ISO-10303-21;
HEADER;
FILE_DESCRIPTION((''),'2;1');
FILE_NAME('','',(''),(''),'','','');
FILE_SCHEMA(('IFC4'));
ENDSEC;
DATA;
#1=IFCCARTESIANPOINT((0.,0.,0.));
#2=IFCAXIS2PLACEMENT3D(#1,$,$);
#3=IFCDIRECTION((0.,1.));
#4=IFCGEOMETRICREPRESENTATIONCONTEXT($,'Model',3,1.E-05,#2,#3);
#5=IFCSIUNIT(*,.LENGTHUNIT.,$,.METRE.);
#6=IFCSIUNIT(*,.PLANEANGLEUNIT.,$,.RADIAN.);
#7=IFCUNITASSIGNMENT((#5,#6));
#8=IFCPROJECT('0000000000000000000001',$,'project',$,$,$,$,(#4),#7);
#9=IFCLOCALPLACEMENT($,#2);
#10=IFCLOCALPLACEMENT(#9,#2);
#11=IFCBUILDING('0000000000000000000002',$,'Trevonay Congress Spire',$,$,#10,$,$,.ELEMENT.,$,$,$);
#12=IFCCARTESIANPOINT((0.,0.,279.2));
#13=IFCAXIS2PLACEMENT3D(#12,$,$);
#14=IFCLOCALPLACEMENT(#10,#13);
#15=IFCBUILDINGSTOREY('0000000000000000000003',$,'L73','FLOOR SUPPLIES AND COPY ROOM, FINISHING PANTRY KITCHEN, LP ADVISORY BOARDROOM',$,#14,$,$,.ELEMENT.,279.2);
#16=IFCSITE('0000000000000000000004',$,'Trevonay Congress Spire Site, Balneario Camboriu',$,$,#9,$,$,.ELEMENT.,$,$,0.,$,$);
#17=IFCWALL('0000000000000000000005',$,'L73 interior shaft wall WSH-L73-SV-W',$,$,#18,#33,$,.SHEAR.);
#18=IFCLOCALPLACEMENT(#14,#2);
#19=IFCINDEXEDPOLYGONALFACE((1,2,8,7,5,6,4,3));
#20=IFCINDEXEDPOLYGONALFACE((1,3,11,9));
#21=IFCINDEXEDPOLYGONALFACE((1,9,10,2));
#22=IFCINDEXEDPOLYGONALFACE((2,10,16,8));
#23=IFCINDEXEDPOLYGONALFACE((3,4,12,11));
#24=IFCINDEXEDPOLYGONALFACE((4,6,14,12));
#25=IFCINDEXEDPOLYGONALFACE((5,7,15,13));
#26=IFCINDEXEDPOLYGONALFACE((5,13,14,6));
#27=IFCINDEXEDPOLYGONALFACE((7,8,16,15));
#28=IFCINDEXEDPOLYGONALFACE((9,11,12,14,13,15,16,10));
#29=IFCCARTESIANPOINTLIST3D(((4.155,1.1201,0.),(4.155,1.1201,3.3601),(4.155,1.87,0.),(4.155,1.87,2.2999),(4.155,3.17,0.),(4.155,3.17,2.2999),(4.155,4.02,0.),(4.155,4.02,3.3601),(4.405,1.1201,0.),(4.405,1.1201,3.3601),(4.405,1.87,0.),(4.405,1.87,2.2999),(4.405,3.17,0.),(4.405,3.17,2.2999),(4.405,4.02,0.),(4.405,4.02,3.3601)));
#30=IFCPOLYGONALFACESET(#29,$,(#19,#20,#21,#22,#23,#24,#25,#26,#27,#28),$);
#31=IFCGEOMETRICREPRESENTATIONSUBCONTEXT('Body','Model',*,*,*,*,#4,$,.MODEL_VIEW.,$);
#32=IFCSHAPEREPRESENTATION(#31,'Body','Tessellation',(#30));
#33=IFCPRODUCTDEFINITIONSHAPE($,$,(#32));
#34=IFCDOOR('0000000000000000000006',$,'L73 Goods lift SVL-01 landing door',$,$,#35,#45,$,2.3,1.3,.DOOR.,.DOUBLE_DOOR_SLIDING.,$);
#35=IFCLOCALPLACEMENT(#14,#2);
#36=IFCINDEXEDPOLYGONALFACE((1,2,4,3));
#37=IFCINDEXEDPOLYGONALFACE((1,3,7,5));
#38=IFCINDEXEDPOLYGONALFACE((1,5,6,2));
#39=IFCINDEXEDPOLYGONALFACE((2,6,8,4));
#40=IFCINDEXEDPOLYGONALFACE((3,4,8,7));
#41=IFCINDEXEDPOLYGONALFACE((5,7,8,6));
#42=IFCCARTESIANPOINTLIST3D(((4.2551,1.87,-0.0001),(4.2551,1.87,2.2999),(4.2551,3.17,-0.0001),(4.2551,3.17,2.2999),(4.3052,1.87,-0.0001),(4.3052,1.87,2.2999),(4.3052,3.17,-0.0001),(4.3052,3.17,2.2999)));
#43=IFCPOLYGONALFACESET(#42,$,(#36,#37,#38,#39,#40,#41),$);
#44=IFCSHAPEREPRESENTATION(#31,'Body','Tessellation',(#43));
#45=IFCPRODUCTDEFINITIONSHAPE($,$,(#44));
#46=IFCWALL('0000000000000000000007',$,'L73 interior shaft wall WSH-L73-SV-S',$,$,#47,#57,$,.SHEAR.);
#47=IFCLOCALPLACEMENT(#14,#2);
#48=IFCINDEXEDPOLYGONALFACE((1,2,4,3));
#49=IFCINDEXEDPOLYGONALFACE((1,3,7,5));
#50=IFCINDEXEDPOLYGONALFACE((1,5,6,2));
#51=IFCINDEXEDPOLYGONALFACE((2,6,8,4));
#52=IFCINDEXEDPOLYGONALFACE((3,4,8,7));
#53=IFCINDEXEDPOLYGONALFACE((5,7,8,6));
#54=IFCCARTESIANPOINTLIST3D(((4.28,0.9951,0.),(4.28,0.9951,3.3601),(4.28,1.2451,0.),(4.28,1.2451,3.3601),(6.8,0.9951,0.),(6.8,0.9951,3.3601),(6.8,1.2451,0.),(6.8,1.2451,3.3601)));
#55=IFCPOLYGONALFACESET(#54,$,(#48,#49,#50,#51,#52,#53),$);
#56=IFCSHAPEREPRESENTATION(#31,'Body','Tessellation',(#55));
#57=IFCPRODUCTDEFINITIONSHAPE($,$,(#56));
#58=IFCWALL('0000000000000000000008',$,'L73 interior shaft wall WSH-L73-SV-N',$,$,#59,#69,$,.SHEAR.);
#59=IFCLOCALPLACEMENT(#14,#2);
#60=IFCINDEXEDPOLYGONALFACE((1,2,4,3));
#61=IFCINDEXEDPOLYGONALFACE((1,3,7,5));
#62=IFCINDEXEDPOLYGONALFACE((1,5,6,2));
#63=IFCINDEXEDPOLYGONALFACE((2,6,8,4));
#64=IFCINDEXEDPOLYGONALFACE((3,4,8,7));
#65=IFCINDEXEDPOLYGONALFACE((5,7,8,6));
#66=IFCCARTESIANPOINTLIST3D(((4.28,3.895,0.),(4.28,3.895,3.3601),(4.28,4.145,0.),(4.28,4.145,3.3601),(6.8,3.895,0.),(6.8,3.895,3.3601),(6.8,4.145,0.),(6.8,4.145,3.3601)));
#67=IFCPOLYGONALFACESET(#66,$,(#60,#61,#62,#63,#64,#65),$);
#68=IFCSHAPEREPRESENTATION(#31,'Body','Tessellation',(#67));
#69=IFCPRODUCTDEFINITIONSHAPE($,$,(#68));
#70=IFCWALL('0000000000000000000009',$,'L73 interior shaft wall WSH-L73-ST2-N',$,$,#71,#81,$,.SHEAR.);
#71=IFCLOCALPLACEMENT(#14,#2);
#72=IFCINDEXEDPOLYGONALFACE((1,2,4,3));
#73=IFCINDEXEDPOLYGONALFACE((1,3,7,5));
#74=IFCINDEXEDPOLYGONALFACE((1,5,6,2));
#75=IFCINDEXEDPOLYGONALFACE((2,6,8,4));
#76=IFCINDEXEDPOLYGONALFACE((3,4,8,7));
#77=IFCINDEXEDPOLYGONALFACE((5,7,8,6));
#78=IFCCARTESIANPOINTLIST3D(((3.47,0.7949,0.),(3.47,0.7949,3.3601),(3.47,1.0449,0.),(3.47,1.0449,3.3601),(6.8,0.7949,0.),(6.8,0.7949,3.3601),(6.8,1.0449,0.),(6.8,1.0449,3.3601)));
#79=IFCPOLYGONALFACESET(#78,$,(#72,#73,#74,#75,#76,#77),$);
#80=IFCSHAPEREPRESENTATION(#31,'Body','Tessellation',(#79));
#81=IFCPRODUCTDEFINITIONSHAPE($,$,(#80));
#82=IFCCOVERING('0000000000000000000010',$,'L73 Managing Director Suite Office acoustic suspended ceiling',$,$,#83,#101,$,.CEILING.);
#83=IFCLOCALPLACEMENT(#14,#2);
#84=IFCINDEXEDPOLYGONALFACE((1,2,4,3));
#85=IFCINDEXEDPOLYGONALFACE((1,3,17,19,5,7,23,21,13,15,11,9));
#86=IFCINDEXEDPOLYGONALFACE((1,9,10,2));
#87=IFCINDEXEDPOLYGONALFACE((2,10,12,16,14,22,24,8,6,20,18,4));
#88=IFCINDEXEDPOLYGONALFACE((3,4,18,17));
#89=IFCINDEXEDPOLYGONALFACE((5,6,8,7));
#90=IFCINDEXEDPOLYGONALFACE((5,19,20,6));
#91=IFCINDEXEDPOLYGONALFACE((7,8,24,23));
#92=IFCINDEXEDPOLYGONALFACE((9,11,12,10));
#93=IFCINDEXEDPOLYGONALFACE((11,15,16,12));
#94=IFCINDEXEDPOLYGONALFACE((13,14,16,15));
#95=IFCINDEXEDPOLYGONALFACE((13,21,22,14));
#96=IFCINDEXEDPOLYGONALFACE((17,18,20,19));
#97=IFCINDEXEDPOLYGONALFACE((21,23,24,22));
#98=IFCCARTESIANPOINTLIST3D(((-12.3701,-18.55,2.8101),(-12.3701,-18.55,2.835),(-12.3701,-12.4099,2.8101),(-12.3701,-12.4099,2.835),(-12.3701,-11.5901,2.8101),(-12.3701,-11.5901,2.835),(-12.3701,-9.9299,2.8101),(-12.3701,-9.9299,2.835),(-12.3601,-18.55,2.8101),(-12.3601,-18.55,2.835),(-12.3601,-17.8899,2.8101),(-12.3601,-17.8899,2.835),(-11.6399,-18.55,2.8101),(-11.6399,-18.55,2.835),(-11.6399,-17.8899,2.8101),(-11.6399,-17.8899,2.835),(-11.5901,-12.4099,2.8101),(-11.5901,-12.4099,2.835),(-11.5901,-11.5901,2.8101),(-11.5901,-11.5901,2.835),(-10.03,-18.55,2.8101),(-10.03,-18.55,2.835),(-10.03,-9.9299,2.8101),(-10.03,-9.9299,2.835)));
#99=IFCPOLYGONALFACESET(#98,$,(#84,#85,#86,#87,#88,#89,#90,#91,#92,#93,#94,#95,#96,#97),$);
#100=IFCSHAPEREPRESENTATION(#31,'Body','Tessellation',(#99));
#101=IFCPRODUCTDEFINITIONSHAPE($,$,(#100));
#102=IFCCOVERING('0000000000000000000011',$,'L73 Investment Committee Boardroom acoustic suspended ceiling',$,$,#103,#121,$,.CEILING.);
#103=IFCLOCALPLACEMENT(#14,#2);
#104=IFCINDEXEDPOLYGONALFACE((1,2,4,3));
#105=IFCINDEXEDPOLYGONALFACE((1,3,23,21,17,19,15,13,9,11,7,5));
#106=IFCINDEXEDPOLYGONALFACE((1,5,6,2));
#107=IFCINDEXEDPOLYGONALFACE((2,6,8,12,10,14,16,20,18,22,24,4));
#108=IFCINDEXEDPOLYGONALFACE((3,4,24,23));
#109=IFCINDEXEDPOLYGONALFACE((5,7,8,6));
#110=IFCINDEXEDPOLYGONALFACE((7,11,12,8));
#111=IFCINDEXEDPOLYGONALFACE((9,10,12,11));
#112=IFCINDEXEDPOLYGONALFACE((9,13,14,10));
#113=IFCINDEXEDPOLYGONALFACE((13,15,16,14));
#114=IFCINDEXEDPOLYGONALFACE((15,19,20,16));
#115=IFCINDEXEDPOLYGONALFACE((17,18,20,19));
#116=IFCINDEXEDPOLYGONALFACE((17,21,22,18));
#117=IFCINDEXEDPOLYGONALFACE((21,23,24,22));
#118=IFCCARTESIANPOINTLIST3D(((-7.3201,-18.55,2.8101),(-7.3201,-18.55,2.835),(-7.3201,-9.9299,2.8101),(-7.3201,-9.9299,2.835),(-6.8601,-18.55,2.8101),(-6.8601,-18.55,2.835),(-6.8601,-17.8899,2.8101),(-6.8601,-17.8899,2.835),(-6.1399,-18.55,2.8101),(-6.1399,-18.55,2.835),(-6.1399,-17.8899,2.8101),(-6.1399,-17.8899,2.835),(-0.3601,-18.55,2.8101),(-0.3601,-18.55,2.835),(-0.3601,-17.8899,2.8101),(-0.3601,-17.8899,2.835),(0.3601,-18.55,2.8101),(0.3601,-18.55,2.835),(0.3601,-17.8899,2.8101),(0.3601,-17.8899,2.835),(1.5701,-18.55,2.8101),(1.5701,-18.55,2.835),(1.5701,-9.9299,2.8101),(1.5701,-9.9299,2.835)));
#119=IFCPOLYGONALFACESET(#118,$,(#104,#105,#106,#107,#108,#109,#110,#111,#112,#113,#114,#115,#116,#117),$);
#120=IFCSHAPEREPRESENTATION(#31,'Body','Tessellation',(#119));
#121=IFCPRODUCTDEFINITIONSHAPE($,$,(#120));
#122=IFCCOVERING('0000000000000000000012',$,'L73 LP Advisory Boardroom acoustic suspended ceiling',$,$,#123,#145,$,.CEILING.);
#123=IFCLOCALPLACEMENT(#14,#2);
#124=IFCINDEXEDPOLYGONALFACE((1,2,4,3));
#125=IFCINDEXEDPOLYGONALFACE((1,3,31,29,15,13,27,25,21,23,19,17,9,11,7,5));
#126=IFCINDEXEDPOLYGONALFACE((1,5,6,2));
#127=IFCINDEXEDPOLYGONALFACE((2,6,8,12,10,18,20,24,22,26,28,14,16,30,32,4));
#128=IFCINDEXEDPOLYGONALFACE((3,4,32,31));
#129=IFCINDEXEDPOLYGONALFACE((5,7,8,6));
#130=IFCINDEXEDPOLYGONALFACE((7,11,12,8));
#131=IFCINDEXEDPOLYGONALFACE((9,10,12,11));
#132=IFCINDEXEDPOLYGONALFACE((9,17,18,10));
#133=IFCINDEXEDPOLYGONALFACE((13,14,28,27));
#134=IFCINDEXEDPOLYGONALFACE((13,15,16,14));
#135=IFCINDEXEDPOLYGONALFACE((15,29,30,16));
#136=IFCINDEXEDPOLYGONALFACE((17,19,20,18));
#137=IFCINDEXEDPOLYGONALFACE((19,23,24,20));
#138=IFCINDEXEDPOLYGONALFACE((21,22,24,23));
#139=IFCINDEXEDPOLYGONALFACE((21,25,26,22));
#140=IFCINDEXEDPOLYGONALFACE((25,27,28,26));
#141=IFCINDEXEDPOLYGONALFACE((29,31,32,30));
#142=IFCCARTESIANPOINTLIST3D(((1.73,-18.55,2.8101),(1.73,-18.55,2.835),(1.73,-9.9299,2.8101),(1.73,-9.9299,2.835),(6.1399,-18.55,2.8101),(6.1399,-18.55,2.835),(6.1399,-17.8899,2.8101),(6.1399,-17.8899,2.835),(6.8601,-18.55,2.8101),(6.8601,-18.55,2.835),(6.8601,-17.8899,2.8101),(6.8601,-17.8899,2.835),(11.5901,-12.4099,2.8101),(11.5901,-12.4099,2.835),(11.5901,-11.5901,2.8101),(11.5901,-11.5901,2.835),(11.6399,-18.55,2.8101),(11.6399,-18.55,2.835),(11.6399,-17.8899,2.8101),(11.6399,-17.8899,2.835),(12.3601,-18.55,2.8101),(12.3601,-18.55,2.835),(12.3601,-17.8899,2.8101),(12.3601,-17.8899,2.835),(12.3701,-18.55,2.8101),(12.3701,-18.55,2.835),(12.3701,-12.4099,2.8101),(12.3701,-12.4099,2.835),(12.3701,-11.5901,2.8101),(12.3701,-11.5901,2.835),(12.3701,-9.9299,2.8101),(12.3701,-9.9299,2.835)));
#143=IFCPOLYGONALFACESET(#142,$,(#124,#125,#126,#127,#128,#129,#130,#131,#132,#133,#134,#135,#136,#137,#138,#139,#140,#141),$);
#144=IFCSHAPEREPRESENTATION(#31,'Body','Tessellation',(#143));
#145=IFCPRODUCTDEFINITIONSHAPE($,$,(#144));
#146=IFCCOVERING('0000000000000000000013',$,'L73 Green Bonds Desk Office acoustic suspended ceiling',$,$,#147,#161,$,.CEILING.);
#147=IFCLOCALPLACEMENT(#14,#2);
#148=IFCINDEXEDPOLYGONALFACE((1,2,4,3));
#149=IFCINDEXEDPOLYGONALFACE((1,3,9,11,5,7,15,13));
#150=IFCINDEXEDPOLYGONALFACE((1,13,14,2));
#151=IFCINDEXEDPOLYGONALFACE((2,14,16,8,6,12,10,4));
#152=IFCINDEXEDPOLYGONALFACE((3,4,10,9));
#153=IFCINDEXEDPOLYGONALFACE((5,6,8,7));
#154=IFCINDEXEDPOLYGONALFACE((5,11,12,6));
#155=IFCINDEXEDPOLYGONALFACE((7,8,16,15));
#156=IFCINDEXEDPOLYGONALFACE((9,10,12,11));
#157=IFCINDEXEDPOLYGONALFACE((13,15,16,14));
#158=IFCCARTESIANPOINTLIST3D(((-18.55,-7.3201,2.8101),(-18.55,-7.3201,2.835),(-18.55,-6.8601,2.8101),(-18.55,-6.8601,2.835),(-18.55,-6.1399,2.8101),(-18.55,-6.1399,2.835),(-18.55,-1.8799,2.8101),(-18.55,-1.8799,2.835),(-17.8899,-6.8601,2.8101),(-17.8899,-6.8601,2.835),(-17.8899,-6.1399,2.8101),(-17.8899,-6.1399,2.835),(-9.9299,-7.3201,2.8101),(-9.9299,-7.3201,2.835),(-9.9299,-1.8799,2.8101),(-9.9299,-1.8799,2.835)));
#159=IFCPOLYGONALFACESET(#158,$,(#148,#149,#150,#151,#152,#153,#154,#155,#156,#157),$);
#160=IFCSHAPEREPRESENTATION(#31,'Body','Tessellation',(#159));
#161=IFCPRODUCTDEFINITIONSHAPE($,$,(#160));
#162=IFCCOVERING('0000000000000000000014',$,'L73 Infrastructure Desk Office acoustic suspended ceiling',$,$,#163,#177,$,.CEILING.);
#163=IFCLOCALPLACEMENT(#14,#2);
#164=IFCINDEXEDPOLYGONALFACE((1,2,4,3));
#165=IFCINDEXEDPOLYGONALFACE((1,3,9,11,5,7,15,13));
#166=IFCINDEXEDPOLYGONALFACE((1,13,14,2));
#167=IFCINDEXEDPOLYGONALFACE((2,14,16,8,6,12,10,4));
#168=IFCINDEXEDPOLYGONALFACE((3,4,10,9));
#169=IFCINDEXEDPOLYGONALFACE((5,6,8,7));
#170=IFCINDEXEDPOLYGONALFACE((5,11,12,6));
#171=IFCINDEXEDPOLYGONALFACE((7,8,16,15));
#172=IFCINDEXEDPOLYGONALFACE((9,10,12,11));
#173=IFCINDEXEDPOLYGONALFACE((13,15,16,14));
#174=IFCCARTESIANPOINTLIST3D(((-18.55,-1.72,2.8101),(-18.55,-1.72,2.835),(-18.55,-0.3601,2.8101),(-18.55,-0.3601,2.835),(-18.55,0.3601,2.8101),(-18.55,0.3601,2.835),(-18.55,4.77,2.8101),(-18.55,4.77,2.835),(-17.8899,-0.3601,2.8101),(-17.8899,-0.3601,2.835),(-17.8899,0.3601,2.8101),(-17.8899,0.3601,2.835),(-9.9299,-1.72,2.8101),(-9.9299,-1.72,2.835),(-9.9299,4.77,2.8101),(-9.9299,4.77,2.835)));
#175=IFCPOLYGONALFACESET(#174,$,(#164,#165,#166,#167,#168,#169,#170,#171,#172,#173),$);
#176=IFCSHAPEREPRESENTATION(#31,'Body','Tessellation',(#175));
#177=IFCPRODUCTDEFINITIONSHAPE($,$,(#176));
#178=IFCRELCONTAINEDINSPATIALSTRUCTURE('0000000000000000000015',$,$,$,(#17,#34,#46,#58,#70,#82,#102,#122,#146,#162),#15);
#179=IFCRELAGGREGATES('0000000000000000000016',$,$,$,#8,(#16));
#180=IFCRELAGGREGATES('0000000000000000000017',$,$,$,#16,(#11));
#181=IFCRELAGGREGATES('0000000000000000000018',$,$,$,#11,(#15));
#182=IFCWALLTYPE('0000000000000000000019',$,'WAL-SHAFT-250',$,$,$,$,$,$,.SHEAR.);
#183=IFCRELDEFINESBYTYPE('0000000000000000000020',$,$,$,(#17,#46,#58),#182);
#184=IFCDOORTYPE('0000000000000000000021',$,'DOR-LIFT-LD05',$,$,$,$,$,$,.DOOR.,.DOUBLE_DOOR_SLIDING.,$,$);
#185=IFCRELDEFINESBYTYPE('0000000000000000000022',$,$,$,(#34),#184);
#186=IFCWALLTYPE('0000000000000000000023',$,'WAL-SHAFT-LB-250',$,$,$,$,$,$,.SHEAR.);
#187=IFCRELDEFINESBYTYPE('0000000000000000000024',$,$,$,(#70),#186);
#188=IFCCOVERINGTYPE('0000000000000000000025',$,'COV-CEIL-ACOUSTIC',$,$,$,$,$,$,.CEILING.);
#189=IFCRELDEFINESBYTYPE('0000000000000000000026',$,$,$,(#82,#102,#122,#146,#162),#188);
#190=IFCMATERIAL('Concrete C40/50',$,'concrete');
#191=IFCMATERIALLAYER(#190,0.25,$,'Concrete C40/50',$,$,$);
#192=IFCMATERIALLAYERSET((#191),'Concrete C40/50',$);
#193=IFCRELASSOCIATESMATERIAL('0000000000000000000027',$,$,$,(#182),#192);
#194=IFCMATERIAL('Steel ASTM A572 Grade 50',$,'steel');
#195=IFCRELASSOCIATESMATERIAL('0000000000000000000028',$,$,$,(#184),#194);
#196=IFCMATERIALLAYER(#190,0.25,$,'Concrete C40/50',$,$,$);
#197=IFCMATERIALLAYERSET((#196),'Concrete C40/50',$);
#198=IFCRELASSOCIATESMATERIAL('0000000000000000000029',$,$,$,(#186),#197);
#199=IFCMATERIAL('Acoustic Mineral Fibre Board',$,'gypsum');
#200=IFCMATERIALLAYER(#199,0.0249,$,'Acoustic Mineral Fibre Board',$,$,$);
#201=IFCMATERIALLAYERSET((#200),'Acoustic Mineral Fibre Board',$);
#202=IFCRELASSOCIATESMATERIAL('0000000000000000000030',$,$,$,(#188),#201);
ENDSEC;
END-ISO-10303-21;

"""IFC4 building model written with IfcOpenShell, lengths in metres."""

from ifc_helpers import new_model, si_unit, direction, frame, frame_2d, origin, place, context, subcontext, project, spatial, polyline, rectangle, outline, extrude, material, layer, layer_set, type_object, element, fill, save


model = new_model("IFC4")

# Units and contexts
model_context = context("Model", 3, precision=1e-05, world=origin(), true_north=direction((0.0, 1.0)))
body_context = subcontext(model_context, "Body", "Model", "MODEL_VIEW")
ifc_project = project(units=[si_unit("LENGTHUNIT", "METRE"), si_unit("PLANEANGLEUNIT", "RADIAN")], contexts=[model_context])

# Site, building, storey
site_placement = place(None, origin())
site = spatial("IfcSite", under=ifc_project, at=site_placement, Name="Trevonay Congress Spire Site, Balneario Camboriu", CompositionType="ELEMENT", RefElevation=0.0)
building_placement = place(site_placement, origin())
building = spatial("IfcBuilding", under=site, at=building_placement, Name="Trevonay Congress Spire", CompositionType="ELEMENT")
storey_placement = place(building_placement, frame((0.0, 0.0, 279.2)))
storey = spatial("IfcBuildingStorey", under=building, at=storey_placement, Name="L73", Description="FLOOR SUPPLIES AND COPY ROOM, FINISHING PANTRY KITCHEN, LP ADVISORY BOARDROOM", CompositionType="ELEMENT", Elevation=279.2)

# Shared definitions
ifc_material_1 = material(Name="Steel ASTM A572 Grade 50", Category="steel")

# Shared definitions
ifc_material_2 = material(Name="Concrete C40/50", Category="concrete")
ifc_layer_1 = layer(ifc_material_2, 0.25, Name="Concrete C40/50")
ifc_layer_set_1 = layer_set([ifc_layer_1], Name="Concrete C40/50")
wall_type_1 = type_object("IfcWallType", Name="WAL-SHAFT-250", PredefinedType="SHEAR", material=ifc_layer_set_1)

# Wall, opening, door
wall_1_placement = place(storey_placement, frame((4.28, 1.1201, 0.0), z_axis=(0.0, 0.0, 1.0), x_axis=(0.0, 1.0, 0.0)))
wall_1 = element("IfcWall", 1, at=wall_1_placement, inside=storey, type_object=wall_type_1, Name="L73 interior shaft wall WSH-L73-SV-W", PredefinedType="SHEAR", context=body_context, shape_type="SweptSolid", body=[
    extrude(rectangle(XDim=2.8999, YDim=0.25, at=frame_2d((1.45, 0.0))), origin(), (0.0, 0.0, 1.0), 3.3601),
])
opening_placement = place(wall_1_placement, frame((0.75, 0.0, 0.0)))
opening = element("IfcOpeningElement", 2, at=opening_placement, cuts=wall_1, PredefinedType="OPENING", context=body_context, shape_type="SweptSolid", body=[
    extrude(rectangle(XDim=1.3, YDim=2.3, at=frame_2d((0.6499, 1.1499))), frame((0.0, 0.135, 0.0), z_axis=(0.0, -1.0, 0.0), x_axis=(1.0, 0.0, 0.0)), (0.0, 0.0, 1.0), 0.27),
])
door_type = type_object("IfcDoorType", Name="DOR-LIFT-LD05", OperationType="DOUBLE_DOOR_SLIDING", PredefinedType="DOOR", material=ifc_material_1)
door_placement = place(opening_placement, origin())
door = element("IfcDoor", 3, at=door_placement, inside=storey, type_object=door_type, Name="L73 Goods lift SVL-01 landing door", OperationType="DOUBLE_DOOR_SLIDING", OverallHeight=2.3, OverallWidth=1.3, PredefinedType="DOOR", context=body_context, shape_type="SweptSolid", body=[
    extrude(rectangle(XDim=1.3, YDim=2.3, at=frame_2d((0.6499, 1.1499))), frame((0.0, 0.0249, 0.0), z_axis=(0.0, -1.0, 0.0), x_axis=(1.0, 0.0, 0.0)), (0.0, 0.0, 1.0), 0.05),
])
fill(opening, door)

# Walls
for number, where, z_axis, x_axis, name in (
    (4, (4.28, 1.1201, 0.0), (0.0, 0.0, 1.0), (1.0, 0.0, 0.0), "L73 interior shaft wall WSH-L73-SV-S"),
    (5, (4.28, 4.02, 0.0), (0.0, 0.0, 1.0), (1.0, 0.0, 0.0), "L73 interior shaft wall WSH-L73-SV-N"),
):
    element("IfcWall", number, at=place(storey_placement, frame(where, z_axis=z_axis, x_axis=x_axis)), inside=storey, type_object=wall_type_1, Name=name, PredefinedType="SHEAR", context=body_context, shape_type="SweptSolid", body=[
        extrude(rectangle(XDim=2.52, YDim=0.25, at=frame_2d((1.26, 0.0))), origin(), (0.0, 0.0, 1.0), 3.3601),
    ])
ifc_layer_2 = layer(ifc_material_2, 0.25, Name="Concrete C40/50")
ifc_layer_set_2 = layer_set([ifc_layer_2], Name="Concrete C40/50")
wall_type_2 = type_object("IfcWallType", Name="WAL-SHAFT-LB-250", PredefinedType="SHEAR", material=ifc_layer_set_2)
wall_2_placement = place(storey_placement, frame((3.47, 0.9199, 0.0), z_axis=(0.0, 0.0, 1.0), x_axis=(1.0, 0.0, 0.0)))
element("IfcWall", 6, at=wall_2_placement, inside=storey, type_object=wall_type_2, Name="L73 interior shaft wall WSH-L73-ST2-N", PredefinedType="SHEAR", context=body_context, shape_type="SweptSolid", body=[
    extrude(rectangle(XDim=3.3301, YDim=0.25, at=frame_2d((1.665, 0.0))), origin(), (0.0, 0.0, 1.0), 3.3601),
])

# Coverings
ifc_material_3 = material(Name="Acoustic Mineral Fibre Board", Category="gypsum")
ifc_layer_3 = layer(ifc_material_3, 0.0249, Name="Acoustic Mineral Fibre Board")
ifc_layer_set_3 = layer_set([ifc_layer_3], Name="Acoustic Mineral Fibre Board")
covering_type_1 = type_object("IfcCoveringType", Name="COV-CEIL-ACOUSTIC", PredefinedType="CEILING", material=ifc_layer_set_3)
covering_1_placement = place(storey_placement, frame((0.0, 0.0, 2.8101)))
element("IfcCovering", 7, at=covering_1_placement, inside=storey, type_object=covering_type_1, Name="L73 Managing Director Suite Office acoustic suspended ceiling", PredefinedType="CEILING", context=body_context, shape_type="SweptSolid", body=[
    extrude(outline(polyline([(-12.3701, -18.55), (-12.3701, -12.4099), (-11.5901, -12.4099), (-11.5901, -11.5901), (-12.3701, -11.5901), (-12.3701, -9.9299), (-10.03, -9.9299), (-10.03, -18.55), (-11.6399, -18.55), (-11.6399, -17.8899), (-12.3601, -17.8899), (-12.3601, -18.55), (-12.3701, -18.55)])), origin(), (0.0, 0.0, 1.0), 0.0249),
])
covering_2_placement = place(storey_placement, frame((0.0, 0.0, 2.8101)))
element("IfcCovering", 8, at=covering_2_placement, inside=storey, type_object=covering_type_1, Name="L73 Investment Committee Boardroom acoustic suspended ceiling", PredefinedType="CEILING", context=body_context, shape_type="SweptSolid", body=[
    extrude(outline(polyline([(-7.3201, -18.55), (-7.3201, -9.9299), (1.5701, -9.9299), (1.5701, -18.55), (0.3601, -18.55), (0.3601, -17.8899), (-0.3601, -17.8899), (-0.3601, -18.55), (-6.1399, -18.55), (-6.1399, -17.8899), (-6.8601, -17.8899), (-6.8601, -18.55), (-7.3201, -18.55)])), origin(), (0.0, 0.0, 1.0), 0.0249),
])
covering_3_placement = place(storey_placement, frame((0.0, 0.0, 2.8101)))
element("IfcCovering", 9, at=covering_3_placement, inside=storey, type_object=covering_type_1, Name="L73 LP Advisory Boardroom acoustic suspended ceiling", PredefinedType="CEILING", context=body_context, shape_type="SweptSolid", body=[
    extrude(outline(polyline([(1.73, -18.55), (1.73, -9.9299), (12.3701, -9.9299), (12.3701, -11.5901), (11.5901, -11.5901), (11.5901, -12.4099), (12.3701, -12.4099), (12.3701, -18.55), (12.3601, -18.55), (12.3601, -17.8899), (11.6399, -17.8899), (11.6399, -18.55), (6.8601, -18.55), (6.8601, -17.8899), (6.1399, -17.8899), (6.1399, -18.55), (1.73, -18.55)])), origin(), (0.0, 0.0, 1.0), 0.0249),
])
covering_4_placement = place(storey_placement, frame((0.0, 0.0, 2.8101)))
element("IfcCovering", 10, at=covering_4_placement, inside=storey, type_object=covering_type_1, Name="L73 Green Bonds Desk Office acoustic suspended ceiling", PredefinedType="CEILING", context=body_context, shape_type="SweptSolid", body=[
    extrude(outline(polyline([(-18.55, -1.8799), (-9.9299, -1.8799), (-9.9299, -7.3201), (-18.55, -7.3201), (-18.55, -6.8601), (-17.8899, -6.8601), (-17.8899, -6.1399), (-18.55, -6.1399), (-18.55, -1.8799)])), origin(), (0.0, 0.0, 1.0), 0.0249),
])
covering_5_placement = place(storey_placement, frame((0.0, 0.0, 2.8101)))
element("IfcCovering", 11, at=covering_5_placement, inside=storey, type_object=covering_type_1, Name="L73 Infrastructure Desk Office acoustic suspended ceiling", PredefinedType="CEILING", context=body_context, shape_type="SweptSolid", body=[
    extrude(outline(polyline([(-18.55, 4.77), (-9.9299, 4.77), (-9.9299, -1.72), (-18.55, -1.72), (-18.55, -0.3601), (-17.8899, -0.3601), (-17.8899, 0.3601), (-18.55, 0.3601), (-18.55, 4.77)])), origin(), (0.0, 0.0, 1.0), 0.0249),
])

save(model, "model.ifc")
